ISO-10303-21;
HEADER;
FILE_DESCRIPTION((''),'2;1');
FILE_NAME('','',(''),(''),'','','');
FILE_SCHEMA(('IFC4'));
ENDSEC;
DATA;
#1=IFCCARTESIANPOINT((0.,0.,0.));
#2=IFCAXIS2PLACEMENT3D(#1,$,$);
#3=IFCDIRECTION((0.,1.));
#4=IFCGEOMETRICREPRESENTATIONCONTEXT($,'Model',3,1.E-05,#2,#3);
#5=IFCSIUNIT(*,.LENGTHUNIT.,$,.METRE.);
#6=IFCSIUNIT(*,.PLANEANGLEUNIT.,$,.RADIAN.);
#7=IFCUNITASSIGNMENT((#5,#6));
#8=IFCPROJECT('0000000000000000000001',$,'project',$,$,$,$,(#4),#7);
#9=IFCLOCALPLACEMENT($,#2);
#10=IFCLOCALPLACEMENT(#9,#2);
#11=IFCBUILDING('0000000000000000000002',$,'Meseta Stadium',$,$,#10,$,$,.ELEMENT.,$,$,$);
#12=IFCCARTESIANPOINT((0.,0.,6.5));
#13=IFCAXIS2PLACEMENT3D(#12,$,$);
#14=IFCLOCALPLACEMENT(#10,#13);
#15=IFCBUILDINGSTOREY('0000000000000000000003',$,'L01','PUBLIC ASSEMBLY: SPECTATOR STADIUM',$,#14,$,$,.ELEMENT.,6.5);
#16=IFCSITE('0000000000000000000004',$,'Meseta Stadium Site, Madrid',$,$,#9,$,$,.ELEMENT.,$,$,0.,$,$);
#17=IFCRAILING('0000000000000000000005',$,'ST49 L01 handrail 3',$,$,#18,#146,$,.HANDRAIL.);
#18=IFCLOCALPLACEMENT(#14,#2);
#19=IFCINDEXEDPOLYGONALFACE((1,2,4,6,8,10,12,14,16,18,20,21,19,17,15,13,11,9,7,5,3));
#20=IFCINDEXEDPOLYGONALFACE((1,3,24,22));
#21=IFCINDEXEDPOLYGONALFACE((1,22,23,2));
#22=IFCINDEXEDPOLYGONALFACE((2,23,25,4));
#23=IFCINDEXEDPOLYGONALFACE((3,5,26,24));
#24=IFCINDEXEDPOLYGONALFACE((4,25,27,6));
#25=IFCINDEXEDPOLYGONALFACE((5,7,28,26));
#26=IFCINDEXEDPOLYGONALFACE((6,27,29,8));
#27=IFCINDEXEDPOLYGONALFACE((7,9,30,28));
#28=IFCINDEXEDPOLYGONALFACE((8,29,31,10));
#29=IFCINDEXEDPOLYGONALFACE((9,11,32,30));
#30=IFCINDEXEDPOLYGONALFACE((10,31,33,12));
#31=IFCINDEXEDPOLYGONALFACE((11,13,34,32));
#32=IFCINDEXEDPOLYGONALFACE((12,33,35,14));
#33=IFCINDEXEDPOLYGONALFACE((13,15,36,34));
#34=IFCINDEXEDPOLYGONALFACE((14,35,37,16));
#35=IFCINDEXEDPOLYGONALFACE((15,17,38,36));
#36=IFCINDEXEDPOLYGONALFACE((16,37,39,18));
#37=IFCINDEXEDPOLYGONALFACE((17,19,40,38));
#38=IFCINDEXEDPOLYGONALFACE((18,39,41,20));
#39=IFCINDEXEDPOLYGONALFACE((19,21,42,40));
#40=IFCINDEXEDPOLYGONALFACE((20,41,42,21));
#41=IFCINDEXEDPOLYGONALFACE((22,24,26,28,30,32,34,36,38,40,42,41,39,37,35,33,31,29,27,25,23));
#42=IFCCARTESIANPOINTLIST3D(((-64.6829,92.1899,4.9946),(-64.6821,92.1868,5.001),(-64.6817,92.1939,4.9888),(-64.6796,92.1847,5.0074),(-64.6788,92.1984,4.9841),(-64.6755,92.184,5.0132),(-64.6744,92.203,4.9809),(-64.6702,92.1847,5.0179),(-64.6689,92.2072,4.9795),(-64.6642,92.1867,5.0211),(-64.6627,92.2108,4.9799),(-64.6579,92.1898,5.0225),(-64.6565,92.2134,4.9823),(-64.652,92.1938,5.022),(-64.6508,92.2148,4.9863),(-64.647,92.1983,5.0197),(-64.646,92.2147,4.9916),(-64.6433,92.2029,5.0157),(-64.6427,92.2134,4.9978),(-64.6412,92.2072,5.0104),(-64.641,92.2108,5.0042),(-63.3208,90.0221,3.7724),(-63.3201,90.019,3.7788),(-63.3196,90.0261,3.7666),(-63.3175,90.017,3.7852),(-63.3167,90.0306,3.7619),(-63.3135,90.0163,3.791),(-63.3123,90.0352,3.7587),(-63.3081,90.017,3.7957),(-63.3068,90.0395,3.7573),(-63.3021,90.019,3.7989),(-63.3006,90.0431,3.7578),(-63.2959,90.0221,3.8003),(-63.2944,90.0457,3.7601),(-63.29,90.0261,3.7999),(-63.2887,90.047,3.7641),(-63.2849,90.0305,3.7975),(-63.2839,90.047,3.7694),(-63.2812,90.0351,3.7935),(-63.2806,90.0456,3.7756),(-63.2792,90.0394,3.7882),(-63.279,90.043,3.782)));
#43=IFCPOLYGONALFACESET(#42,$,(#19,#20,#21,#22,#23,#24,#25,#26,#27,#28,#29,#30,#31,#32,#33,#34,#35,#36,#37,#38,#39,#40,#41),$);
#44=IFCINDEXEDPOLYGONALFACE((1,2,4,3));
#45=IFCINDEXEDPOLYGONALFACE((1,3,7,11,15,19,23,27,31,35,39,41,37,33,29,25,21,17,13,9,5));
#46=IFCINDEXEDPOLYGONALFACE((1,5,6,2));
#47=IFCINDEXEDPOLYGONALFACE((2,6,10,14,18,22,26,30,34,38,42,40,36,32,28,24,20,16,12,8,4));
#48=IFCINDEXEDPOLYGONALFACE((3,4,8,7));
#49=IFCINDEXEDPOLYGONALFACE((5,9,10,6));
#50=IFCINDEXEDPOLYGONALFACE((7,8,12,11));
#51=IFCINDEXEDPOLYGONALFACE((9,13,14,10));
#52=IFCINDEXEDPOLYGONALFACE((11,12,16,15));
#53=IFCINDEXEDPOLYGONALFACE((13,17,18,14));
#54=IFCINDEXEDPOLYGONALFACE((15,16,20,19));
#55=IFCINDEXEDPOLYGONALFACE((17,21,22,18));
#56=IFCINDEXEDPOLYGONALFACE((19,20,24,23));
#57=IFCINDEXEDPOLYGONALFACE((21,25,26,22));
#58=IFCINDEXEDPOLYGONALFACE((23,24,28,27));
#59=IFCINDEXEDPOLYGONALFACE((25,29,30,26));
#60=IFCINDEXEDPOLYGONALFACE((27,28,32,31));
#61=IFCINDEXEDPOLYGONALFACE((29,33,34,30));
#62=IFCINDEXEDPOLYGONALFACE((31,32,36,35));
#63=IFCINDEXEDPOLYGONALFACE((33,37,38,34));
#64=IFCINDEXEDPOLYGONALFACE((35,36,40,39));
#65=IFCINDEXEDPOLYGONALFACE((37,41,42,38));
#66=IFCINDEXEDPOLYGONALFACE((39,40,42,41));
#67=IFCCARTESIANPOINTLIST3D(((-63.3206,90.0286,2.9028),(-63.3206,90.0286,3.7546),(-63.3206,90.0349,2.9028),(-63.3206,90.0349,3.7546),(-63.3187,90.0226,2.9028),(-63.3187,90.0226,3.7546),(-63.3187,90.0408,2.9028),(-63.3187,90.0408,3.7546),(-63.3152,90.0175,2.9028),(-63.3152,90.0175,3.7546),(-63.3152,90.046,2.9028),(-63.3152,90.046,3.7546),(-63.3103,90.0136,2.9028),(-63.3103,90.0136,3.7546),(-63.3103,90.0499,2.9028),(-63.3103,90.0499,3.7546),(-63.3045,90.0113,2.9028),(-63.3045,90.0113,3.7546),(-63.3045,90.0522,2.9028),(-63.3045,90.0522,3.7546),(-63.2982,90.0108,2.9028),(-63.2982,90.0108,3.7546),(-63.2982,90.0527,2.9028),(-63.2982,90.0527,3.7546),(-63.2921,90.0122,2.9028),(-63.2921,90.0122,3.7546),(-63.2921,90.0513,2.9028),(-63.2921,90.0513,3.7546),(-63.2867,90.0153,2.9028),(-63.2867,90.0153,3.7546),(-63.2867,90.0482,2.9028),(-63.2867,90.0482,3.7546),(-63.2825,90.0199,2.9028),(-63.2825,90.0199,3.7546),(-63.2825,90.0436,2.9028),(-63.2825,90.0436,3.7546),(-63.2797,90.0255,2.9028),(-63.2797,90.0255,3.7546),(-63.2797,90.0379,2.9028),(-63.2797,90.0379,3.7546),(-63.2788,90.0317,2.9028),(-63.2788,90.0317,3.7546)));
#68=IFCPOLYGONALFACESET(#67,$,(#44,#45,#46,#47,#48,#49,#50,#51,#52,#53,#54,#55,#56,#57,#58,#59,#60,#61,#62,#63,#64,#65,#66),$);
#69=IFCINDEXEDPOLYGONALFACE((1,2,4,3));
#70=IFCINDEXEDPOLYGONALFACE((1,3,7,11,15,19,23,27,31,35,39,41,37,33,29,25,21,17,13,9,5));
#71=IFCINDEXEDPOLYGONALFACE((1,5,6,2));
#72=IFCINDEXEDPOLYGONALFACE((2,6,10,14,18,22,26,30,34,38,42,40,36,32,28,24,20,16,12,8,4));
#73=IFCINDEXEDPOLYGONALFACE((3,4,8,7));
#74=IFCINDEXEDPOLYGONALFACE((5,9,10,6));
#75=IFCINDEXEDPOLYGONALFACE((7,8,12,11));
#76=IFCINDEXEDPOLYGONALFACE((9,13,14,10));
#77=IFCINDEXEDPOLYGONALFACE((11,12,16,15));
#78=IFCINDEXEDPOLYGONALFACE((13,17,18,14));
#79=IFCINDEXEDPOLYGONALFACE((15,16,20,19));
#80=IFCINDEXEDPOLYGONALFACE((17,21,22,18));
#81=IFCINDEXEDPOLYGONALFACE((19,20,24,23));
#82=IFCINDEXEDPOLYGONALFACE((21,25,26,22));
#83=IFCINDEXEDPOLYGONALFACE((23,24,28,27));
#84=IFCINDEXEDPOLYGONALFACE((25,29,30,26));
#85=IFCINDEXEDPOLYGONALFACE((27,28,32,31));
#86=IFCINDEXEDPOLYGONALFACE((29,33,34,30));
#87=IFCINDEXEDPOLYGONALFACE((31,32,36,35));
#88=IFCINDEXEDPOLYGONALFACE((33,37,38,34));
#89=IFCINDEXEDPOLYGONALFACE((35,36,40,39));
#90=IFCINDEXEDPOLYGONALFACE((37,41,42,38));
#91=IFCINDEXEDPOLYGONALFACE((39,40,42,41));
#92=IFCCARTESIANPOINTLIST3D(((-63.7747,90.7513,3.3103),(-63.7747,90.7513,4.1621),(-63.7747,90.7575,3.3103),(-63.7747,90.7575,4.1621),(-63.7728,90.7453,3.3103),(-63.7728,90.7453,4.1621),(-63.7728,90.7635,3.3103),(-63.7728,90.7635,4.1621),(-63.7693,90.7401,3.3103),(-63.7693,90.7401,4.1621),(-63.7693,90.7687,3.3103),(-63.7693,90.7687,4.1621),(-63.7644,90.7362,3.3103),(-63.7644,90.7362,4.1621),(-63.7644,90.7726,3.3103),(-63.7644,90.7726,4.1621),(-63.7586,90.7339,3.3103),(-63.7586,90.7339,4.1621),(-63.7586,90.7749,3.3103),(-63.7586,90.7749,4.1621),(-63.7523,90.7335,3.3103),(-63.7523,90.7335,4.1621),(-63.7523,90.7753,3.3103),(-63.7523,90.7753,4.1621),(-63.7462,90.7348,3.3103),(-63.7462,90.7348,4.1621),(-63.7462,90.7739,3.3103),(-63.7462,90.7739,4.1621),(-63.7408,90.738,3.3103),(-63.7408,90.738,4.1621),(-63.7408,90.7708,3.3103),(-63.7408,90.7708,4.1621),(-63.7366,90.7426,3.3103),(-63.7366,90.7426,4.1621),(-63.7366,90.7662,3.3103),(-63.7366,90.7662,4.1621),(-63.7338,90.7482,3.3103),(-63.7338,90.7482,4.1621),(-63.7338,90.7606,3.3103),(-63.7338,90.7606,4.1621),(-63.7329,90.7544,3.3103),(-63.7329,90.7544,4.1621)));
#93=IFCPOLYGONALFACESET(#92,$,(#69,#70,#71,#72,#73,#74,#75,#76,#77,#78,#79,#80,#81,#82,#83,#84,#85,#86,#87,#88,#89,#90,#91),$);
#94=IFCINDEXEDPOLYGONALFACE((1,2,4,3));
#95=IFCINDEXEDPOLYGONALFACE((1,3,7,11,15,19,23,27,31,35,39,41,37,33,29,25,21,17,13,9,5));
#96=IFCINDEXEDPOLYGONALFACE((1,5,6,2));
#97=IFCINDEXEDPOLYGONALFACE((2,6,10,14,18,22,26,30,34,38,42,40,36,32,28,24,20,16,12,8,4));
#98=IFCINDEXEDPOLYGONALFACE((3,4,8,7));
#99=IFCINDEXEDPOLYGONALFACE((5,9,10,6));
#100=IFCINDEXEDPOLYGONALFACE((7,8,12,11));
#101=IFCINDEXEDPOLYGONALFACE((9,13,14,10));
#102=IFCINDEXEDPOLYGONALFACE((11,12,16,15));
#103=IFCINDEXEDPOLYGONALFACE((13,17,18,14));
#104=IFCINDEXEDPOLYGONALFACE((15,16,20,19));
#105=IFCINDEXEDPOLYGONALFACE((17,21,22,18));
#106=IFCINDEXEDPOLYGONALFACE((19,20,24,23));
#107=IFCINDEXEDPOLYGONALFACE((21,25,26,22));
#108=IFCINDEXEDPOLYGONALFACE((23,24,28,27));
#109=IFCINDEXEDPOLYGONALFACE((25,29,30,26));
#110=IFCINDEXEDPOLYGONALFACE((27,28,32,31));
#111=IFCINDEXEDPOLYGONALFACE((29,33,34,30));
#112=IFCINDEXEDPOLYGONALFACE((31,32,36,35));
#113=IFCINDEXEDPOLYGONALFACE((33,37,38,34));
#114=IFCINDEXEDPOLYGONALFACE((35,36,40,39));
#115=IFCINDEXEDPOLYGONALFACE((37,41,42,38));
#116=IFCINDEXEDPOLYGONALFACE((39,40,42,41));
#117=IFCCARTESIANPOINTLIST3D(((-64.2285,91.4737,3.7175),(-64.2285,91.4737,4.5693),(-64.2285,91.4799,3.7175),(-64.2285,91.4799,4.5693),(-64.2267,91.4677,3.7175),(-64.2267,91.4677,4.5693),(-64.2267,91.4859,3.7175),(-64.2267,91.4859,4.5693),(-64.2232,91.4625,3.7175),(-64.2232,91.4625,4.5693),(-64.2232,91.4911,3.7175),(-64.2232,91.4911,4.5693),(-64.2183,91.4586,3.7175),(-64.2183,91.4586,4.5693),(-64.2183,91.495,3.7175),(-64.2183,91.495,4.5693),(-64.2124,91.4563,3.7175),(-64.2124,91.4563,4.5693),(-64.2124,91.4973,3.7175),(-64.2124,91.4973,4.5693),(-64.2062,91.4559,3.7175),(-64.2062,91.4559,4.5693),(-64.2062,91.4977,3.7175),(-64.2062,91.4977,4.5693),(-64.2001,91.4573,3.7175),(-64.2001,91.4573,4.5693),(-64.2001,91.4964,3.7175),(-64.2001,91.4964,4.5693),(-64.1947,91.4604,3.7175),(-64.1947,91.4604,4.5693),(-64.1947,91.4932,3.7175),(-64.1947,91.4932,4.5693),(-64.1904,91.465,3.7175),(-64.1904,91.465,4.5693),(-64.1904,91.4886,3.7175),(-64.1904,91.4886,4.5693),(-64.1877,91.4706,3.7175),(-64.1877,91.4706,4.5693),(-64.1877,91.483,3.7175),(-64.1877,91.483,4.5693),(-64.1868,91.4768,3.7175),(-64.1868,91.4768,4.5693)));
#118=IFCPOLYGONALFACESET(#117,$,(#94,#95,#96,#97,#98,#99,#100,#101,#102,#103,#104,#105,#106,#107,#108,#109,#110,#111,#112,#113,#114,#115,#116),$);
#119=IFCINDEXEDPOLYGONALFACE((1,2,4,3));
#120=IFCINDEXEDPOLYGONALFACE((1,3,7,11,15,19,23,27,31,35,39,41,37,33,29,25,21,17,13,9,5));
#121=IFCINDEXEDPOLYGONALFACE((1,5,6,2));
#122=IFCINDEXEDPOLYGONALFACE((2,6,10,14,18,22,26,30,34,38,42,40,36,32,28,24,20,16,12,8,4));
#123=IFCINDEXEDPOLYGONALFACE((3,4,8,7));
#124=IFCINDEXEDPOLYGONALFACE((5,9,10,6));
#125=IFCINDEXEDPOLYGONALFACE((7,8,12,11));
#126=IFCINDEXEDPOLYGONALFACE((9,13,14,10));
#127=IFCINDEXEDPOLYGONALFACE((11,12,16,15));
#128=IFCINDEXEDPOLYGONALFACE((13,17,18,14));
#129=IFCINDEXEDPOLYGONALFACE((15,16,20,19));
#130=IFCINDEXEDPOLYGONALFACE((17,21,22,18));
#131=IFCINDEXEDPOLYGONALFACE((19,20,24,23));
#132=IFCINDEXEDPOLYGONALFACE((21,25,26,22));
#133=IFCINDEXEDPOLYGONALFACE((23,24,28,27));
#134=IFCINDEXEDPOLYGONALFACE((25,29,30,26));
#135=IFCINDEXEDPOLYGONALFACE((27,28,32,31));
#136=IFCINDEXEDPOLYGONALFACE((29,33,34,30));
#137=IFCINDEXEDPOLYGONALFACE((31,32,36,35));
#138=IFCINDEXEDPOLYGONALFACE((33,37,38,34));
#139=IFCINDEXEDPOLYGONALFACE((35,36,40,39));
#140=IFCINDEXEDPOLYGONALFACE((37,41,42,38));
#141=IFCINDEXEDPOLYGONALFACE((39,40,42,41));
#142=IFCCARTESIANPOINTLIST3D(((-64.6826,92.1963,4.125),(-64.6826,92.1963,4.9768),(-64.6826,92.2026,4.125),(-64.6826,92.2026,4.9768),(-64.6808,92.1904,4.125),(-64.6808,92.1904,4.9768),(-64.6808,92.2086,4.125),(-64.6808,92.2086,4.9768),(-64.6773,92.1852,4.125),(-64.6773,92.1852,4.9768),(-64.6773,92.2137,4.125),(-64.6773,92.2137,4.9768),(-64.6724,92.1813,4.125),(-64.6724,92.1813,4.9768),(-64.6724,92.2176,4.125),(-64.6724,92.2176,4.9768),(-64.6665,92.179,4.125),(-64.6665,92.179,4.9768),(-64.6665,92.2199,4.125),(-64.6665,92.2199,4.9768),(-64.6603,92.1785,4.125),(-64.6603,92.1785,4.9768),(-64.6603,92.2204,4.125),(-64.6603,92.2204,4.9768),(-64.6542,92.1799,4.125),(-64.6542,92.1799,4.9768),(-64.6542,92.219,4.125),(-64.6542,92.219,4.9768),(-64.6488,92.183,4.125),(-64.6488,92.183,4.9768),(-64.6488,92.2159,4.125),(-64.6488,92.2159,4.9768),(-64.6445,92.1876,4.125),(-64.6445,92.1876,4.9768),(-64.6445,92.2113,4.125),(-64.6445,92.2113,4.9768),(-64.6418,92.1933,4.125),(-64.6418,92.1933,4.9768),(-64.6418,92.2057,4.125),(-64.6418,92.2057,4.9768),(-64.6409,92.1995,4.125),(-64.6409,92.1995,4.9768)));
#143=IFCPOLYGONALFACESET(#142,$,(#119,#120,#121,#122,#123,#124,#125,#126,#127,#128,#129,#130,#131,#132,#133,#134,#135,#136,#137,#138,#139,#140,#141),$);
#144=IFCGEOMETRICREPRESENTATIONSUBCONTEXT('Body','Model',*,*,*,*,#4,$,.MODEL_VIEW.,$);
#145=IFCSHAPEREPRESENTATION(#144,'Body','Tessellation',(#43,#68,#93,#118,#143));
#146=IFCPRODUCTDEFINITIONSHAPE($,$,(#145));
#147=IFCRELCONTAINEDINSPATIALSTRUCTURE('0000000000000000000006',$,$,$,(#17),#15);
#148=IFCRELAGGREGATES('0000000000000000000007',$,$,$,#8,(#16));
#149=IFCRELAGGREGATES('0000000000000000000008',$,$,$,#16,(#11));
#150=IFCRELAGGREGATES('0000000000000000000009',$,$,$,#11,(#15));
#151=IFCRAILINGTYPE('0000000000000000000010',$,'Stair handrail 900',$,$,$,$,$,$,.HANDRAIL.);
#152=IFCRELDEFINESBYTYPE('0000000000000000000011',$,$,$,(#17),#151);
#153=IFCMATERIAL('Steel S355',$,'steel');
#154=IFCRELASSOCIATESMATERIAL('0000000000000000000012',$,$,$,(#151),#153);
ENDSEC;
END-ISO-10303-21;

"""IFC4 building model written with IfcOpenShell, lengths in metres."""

from ifc_helpers import new_model, si_unit, direction, frame, origin, origin_2d, place, context, subcontext, project, spatial, circle, extrude, material, type_object, element, save


model = new_model("IFC4")

# Units and contexts
model_context = context("Model", 3, precision=1e-05, world=origin(), true_north=direction((0.0, 1.0)))
body_context = subcontext(model_context, "Body", "Model", "MODEL_VIEW")
ifc_project = project(units=[si_unit("LENGTHUNIT", "METRE"), si_unit("PLANEANGLEUNIT", "RADIAN")], contexts=[model_context])

# Site, building, storey
site_placement = place(None, origin())
site = spatial("IfcSite", under=ifc_project, at=site_placement, Name="Meseta Stadium Site, Madrid", CompositionType="ELEMENT", RefElevation=0.0)
building_placement = place(site_placement, origin())
building = spatial("IfcBuilding", under=site, at=building_placement, Name="Meseta Stadium", CompositionType="ELEMENT")
storey_placement = place(building_placement, frame((0.0, 0.0, 6.5)))
storey = spatial("IfcBuildingStorey", under=building, at=storey_placement, Name="L01", Description="PUBLIC ASSEMBLY: SPECTATOR STADIUM", CompositionType="ELEMENT", Elevation=6.5)

# Railing
ifc_material_1 = material(Name="Steel S355", Category="steel")
railing_type_1 = type_object("IfcRailingType", Name="Stair handrail 900", PredefinedType="HANDRAIL", material=ifc_material_1)
railing_1_placement = place(storey_placement, frame((-63.2998, 90.0317, 2.9028)))
element("IfcRailing", 1, at=railing_1_placement, inside=storey, type_object=railing_type_1, Name="ST49 L01 handrail 3", PredefinedType="HANDRAIL", context=body_context, shape_type="SweptSolid", body=[
    extrude(circle(Radius=0.0239, at=origin_2d()), frame((0.0, 0.0, 0.876), z_axis=(-0.480125, 0.764121, 0.430813), x_axis=(-0.846726, -0.532029, 0.0)), (0.0, 0.0, 1.0), 2.8369),
    extrude(circle(Radius=0.021, at=origin_2d()), origin(), (0.0, 0.0, 1.0), 0.8518),
    extrude(circle(Radius=0.021, at=origin_2d()), frame((-0.4541, 0.7227, 0.4075)), (0.0, 0.0, 1.0), 0.8518),
    extrude(circle(Radius=0.021, at=origin_2d()), frame((-0.908, 1.4451, 0.8147)), (0.0, 0.0, 1.0), 0.8518),
    extrude(circle(Radius=0.021, at=origin_2d()), frame((-1.3621, 2.1677, 1.2222)), (0.0, 0.0, 1.0), 0.8518),
])

save(model, "model.ifc")
